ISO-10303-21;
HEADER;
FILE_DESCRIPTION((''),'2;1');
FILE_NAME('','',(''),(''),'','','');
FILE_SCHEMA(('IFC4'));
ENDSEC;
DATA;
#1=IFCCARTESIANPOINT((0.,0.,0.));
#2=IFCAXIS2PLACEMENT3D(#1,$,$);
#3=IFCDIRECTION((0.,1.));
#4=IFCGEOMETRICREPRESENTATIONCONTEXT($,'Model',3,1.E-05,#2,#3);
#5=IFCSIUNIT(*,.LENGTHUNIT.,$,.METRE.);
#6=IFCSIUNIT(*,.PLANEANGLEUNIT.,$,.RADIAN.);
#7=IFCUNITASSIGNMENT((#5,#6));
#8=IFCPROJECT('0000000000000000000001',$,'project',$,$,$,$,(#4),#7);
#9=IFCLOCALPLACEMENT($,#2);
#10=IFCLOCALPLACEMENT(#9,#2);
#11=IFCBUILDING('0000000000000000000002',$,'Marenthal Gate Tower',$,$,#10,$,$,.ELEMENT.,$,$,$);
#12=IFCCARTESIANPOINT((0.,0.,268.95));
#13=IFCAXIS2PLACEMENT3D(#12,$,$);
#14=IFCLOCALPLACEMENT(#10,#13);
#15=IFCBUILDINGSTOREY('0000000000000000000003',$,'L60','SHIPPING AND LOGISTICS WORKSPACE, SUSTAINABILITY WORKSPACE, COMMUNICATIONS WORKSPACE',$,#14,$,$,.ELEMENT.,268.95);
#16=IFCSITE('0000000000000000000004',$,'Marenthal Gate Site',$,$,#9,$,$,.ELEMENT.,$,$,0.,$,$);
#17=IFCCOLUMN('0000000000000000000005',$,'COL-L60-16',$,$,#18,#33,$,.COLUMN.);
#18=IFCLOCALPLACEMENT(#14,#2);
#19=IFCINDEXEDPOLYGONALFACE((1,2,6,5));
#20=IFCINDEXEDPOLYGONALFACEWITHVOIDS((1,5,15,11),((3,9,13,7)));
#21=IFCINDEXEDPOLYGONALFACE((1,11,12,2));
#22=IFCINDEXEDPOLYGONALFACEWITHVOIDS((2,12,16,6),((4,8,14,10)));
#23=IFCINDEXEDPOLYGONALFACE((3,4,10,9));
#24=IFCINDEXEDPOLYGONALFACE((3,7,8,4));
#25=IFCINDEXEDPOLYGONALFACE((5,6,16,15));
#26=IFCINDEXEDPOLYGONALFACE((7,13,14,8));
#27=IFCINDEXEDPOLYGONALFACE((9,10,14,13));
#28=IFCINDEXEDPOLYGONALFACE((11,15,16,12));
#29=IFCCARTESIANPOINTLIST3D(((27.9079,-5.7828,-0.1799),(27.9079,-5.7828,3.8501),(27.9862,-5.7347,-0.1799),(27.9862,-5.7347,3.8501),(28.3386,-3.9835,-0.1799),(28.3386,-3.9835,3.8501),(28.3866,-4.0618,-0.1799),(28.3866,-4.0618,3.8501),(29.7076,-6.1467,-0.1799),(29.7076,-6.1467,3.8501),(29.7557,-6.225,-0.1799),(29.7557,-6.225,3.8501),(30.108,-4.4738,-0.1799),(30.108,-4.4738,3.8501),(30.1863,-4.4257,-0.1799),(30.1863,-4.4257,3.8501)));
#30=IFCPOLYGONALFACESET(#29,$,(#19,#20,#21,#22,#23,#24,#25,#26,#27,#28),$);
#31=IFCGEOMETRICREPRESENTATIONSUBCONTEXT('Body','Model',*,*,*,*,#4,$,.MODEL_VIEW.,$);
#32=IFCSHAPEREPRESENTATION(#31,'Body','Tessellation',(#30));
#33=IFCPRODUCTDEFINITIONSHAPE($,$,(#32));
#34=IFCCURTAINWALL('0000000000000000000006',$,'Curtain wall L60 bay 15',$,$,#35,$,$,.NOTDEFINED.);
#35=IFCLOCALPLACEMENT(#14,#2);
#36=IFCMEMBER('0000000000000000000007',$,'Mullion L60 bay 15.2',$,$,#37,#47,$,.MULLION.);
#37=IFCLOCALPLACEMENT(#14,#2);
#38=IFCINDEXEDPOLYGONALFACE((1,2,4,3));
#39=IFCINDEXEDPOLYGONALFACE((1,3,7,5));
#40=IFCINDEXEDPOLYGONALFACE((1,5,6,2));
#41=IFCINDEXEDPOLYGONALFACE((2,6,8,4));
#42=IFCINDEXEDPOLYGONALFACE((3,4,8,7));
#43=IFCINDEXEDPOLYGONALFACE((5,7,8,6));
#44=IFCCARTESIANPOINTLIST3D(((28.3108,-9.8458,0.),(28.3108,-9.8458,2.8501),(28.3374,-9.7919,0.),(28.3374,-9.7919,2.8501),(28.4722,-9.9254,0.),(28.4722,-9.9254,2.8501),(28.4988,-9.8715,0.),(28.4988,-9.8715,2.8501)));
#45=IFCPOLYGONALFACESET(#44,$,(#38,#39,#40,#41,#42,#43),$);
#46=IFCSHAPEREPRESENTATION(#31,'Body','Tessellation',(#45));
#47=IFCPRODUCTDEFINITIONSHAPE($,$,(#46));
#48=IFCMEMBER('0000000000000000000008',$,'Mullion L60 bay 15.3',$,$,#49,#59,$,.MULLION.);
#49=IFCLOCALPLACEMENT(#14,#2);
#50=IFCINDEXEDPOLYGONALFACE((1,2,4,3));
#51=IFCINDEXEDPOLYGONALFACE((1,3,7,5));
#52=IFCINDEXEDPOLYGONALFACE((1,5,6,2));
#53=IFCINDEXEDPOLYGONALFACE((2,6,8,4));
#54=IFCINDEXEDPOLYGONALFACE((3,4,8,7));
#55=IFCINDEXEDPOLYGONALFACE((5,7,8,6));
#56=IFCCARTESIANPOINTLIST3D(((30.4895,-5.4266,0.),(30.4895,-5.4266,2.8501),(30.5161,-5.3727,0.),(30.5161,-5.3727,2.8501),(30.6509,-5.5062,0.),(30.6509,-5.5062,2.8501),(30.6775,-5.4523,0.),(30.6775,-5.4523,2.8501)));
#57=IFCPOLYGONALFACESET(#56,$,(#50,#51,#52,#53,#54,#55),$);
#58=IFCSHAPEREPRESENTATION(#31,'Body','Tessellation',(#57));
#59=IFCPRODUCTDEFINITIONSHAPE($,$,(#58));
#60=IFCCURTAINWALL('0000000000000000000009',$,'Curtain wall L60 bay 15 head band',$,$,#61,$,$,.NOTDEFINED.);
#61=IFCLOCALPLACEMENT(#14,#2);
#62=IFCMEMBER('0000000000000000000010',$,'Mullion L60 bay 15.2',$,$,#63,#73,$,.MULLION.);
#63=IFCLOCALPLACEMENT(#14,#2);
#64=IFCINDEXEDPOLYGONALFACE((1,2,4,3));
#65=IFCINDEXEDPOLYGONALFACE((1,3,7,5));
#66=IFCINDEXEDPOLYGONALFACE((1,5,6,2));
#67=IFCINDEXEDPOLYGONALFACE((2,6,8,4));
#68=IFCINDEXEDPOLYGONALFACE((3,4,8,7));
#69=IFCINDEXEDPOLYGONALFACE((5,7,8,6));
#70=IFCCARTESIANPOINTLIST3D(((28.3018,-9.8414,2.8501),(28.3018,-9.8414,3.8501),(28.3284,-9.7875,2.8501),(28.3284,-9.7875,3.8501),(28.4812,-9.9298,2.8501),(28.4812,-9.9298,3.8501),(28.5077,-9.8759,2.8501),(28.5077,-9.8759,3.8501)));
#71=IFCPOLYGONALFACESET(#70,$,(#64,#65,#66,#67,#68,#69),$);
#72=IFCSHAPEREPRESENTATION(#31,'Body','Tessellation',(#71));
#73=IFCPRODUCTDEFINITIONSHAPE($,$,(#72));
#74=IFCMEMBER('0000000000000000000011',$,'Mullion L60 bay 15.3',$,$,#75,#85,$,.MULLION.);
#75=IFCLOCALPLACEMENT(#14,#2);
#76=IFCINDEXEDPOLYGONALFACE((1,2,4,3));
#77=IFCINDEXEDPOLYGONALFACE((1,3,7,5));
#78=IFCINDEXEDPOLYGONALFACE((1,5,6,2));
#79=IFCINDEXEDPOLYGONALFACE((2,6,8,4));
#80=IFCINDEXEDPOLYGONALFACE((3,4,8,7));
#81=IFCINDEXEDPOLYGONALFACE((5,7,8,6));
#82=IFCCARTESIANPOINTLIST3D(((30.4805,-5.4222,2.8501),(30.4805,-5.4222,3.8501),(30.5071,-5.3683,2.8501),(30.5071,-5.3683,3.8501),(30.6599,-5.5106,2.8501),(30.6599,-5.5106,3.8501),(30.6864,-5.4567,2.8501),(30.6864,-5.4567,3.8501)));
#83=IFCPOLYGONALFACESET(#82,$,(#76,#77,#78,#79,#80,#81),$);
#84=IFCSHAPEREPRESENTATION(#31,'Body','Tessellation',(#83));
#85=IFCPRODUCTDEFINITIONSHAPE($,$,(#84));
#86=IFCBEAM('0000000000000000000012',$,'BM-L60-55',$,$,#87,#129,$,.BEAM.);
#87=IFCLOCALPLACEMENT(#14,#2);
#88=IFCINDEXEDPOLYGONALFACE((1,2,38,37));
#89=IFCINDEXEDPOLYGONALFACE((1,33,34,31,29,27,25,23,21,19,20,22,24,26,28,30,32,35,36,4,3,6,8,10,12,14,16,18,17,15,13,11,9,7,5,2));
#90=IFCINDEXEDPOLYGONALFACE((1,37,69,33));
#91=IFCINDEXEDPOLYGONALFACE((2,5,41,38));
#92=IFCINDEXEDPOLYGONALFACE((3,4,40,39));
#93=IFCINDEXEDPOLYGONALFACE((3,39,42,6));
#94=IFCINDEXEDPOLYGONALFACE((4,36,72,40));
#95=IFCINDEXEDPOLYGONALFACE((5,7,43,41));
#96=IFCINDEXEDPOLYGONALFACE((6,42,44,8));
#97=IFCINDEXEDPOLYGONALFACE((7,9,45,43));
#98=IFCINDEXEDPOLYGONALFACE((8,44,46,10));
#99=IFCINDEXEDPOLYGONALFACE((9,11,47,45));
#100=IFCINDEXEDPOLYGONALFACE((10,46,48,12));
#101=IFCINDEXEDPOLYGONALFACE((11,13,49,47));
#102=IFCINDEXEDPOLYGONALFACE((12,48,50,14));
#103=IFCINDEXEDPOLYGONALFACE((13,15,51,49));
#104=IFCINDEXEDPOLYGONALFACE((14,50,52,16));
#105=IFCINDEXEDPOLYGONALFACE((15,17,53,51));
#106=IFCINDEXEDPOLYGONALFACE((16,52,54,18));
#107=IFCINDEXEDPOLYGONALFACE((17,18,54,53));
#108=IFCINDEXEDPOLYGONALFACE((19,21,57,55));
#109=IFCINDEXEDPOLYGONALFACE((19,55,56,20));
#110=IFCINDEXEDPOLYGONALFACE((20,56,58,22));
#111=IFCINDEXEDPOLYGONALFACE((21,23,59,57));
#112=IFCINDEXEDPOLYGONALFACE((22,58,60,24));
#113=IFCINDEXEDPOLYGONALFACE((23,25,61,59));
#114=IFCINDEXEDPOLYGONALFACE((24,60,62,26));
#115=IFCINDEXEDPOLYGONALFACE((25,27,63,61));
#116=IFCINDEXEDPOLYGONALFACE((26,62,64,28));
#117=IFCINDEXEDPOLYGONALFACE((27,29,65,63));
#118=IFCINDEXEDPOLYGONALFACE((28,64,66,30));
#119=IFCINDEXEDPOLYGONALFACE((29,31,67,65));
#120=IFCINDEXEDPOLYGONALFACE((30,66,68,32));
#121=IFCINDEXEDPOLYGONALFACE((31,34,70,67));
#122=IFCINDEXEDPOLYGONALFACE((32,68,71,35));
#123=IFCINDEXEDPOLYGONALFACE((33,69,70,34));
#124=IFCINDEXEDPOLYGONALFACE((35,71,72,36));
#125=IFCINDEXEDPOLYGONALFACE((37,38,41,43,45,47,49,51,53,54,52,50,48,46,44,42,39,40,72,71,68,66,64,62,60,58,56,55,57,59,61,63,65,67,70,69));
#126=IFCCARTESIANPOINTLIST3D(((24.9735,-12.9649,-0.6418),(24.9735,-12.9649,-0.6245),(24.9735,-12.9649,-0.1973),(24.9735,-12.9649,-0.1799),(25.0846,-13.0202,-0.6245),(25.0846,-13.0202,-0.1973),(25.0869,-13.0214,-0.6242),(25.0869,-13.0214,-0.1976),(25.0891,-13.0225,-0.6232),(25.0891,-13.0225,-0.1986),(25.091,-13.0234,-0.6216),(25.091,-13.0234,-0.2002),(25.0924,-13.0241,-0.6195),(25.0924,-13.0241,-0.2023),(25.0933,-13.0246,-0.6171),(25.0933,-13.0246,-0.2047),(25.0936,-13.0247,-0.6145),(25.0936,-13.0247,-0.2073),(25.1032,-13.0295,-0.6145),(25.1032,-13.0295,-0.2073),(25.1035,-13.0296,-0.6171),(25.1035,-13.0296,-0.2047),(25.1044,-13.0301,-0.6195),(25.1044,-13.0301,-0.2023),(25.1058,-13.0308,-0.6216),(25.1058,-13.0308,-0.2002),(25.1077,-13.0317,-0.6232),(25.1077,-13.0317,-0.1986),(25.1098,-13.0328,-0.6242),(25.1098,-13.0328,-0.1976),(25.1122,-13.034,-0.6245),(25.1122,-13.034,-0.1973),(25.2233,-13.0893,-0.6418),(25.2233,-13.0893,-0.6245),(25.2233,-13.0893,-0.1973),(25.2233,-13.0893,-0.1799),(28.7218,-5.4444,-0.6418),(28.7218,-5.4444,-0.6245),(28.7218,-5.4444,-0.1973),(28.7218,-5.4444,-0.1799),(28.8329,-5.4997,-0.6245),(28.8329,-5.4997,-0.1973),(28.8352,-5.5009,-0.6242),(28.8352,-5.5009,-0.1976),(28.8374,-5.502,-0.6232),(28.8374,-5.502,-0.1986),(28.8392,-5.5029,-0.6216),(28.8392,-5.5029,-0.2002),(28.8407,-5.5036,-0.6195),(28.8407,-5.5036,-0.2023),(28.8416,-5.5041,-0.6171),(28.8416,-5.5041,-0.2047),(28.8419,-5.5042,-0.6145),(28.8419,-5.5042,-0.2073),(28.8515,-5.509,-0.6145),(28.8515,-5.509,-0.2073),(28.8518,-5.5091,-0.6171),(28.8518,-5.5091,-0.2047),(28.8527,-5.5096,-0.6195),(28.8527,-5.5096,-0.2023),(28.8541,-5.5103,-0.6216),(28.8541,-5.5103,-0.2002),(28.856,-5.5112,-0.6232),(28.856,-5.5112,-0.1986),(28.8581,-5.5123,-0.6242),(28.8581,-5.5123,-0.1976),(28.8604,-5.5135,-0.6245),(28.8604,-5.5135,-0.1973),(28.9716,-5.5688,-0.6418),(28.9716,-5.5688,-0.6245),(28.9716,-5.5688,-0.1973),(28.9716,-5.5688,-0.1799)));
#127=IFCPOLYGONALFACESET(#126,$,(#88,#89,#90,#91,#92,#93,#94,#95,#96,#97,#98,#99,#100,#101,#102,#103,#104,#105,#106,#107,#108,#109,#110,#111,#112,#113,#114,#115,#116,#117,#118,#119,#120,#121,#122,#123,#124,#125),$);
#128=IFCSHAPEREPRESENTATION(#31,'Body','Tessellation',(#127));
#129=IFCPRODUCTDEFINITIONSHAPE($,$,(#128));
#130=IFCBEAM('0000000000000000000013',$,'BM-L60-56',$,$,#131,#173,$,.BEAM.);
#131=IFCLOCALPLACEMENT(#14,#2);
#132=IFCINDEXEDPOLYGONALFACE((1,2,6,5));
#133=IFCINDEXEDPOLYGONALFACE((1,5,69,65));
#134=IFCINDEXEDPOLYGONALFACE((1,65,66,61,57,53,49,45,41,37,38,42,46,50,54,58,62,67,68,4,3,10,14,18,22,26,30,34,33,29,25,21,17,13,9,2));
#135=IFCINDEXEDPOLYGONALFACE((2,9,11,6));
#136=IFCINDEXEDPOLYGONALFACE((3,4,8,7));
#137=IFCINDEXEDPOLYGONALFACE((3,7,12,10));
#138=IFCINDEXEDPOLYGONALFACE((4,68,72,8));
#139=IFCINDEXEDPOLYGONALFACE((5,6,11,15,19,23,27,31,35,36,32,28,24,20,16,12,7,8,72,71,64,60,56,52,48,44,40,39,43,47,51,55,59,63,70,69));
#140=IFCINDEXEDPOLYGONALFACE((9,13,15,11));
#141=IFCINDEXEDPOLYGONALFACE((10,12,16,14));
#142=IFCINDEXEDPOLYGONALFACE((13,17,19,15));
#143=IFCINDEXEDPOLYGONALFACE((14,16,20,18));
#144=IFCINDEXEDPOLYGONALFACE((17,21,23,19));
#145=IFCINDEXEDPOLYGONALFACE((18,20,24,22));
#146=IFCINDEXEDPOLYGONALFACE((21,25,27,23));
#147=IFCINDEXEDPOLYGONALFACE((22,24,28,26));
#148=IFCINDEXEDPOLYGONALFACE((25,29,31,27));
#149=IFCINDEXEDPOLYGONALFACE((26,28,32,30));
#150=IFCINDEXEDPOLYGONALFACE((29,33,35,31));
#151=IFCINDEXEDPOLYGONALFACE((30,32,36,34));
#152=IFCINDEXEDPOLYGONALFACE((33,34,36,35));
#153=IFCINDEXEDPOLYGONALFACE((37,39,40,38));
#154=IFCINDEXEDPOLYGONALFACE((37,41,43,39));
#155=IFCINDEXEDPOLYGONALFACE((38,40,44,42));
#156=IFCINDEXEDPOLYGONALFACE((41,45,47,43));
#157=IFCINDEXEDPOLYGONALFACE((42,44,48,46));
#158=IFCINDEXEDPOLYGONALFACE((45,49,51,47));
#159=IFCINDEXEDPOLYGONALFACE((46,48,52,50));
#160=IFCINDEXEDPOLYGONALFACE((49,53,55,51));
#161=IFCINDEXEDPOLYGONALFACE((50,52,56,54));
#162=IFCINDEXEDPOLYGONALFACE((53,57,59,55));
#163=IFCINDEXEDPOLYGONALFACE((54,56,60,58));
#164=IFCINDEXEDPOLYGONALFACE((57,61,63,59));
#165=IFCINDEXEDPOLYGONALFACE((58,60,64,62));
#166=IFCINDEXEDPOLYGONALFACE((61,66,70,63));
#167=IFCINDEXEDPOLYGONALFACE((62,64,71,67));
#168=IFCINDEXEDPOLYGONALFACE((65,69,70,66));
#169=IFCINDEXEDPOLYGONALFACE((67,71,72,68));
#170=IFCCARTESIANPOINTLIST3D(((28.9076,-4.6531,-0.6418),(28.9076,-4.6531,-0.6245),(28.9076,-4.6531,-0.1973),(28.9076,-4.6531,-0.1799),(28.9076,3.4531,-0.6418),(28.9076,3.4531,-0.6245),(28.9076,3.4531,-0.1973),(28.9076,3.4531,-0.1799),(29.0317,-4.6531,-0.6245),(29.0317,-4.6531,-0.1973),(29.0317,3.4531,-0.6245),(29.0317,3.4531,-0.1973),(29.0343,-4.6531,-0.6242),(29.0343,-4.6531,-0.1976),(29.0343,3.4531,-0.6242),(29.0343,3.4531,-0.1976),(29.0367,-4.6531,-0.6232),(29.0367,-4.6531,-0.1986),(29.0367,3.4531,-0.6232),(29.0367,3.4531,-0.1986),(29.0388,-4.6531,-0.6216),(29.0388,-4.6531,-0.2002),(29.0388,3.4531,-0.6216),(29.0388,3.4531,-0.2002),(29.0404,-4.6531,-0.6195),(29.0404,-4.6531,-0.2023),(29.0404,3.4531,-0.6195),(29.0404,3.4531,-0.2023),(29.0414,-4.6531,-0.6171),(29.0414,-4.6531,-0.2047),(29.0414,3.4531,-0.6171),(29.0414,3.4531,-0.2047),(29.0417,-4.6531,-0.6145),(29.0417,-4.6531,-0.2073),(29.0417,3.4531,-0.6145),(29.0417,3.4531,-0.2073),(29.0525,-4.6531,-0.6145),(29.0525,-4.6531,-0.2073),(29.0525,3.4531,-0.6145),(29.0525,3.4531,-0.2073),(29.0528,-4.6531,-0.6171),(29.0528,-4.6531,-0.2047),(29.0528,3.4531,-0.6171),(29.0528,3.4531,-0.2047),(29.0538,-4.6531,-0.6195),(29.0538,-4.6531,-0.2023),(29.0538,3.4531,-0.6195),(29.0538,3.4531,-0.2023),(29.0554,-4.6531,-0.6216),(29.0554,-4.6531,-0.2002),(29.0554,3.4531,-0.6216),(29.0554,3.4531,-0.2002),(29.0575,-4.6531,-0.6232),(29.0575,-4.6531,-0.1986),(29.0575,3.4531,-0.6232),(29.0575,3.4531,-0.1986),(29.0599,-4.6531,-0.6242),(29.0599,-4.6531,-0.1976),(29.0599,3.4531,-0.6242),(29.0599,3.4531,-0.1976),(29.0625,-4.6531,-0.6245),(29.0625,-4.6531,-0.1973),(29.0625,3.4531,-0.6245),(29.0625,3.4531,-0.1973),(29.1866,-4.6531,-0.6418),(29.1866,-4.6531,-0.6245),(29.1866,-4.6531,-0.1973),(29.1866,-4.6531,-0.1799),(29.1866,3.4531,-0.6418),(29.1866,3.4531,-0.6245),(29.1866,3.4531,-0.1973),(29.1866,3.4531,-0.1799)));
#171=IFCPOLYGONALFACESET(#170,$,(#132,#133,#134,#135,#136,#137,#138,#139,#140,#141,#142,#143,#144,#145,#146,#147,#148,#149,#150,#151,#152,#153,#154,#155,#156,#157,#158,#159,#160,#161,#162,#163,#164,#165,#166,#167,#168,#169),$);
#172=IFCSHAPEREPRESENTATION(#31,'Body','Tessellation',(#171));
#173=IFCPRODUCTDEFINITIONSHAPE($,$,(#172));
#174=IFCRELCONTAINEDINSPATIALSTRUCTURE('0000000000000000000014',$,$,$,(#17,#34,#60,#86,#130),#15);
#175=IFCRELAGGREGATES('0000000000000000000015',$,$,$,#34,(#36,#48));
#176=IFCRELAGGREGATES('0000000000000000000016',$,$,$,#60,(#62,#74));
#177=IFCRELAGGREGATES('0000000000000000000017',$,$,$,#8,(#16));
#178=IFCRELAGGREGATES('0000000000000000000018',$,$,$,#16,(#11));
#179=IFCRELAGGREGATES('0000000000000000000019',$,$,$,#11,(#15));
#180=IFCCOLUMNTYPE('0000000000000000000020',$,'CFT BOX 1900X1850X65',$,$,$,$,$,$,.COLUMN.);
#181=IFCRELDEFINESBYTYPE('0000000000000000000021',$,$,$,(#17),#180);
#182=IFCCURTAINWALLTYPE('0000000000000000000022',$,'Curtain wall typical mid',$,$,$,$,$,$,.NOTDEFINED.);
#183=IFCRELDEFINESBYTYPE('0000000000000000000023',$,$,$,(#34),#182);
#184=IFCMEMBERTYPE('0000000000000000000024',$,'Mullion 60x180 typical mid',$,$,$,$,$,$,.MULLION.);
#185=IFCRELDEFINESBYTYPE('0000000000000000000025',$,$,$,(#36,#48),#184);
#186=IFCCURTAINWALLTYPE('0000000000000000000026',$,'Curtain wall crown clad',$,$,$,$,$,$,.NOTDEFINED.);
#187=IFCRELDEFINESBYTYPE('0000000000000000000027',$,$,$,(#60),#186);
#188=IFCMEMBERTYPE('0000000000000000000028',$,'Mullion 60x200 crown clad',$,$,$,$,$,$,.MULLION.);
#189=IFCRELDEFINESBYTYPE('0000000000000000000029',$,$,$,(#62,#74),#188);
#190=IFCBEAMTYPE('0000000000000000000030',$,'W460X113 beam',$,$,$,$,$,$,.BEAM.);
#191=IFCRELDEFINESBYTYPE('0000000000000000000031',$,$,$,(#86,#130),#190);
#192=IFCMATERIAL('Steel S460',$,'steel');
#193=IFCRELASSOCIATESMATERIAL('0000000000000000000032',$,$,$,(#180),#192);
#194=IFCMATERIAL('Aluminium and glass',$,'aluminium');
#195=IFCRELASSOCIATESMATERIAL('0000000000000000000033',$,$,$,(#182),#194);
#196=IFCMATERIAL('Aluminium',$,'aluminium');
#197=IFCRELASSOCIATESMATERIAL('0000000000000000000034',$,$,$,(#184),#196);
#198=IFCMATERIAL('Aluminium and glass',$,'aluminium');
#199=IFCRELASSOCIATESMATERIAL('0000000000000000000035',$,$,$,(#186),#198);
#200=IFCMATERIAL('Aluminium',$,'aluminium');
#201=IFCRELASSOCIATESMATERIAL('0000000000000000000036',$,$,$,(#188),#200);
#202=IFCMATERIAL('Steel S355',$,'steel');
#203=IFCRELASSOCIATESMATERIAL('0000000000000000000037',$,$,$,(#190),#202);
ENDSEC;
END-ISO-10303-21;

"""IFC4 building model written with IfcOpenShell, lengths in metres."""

from ifc_helpers import new_model, si_unit, direction, frame, origin, origin_2d, place, context, subcontext, project, spatial, rectangle, hollow_rectangle, i_section, extrude, material, material_profile, profile_set, type_object, element, aggregate, save


model = new_model("IFC4")

# Units and contexts
model_context = context("Model", 3, precision=1e-05, world=origin(), true_north=direction((0.0, 1.0)))
body_context = subcontext(model_context, "Body", "Model", "MODEL_VIEW")
ifc_project = project(units=[si_unit("LENGTHUNIT", "METRE"), si_unit("PLANEANGLEUNIT", "RADIAN")], contexts=[model_context])

# Site, building, storey
site_placement = place(None, origin())
site = spatial("IfcSite", under=ifc_project, at=site_placement, Name="Marenthal Gate Site", CompositionType="ELEMENT", RefElevation=0.0)
building_placement = place(site_placement, origin())
building = spatial("IfcBuilding", under=site, at=building_placement, Name="Marenthal Gate Tower", CompositionType="ELEMENT")
storey_placement = place(building_placement, frame((0.0, 0.0, 268.95)))
storey = spatial("IfcBuildingStorey", under=building, at=storey_placement, Name="L60", Description="SHIPPING AND LOGISTICS WORKSPACE, SUSTAINABILITY WORKSPACE, COMMUNICATIONS WORKSPACE", CompositionType="ELEMENT", Elevation=268.95)

# Column
ifc_material_1 = material(Name="Steel S460", Category="steel")
ifc_material_profile_1 = material_profile(ifc_material_1, hollow_rectangle(XDim=1.8501, YDim=1.8999, WallThickness=0.0649, at=origin_2d()), Name="CFT BOX 1900X1850X65")
ifc_material_2 = material(Name="Concrete 70 MPa", Category="concrete")
ifc_material_profile_2 = material_profile(ifc_material_2, rectangle(XDim=1.72, YDim=1.77, at=origin_2d()), Name="CFT BOX 1900X1850X65 INFILL")
ifc_profile_set_1 = profile_set([ifc_material_profile_1, ifc_material_profile_2], Name="Steel S460 shell, Concrete 70 MPa infill")
column_type = type_object("IfcColumnType", Name="CFT BOX 1900X1850X65", PredefinedType="COLUMN", material=ifc_profile_set_1)
column_placement = place(storey_placement, frame((29.0471, -5.1042, -0.1799), z_axis=(0.0, 0.0, 1.0), x_axis=(-0.23277, -0.972532, 0.0)))
element("IfcColumn", 1, at=column_placement, inside=storey, type_object=column_type, Name="COL-L60-16", PredefinedType="COLUMN", context=body_context, shape_type="SweptSolid", body=[
    extrude(hollow_rectangle(XDim=1.8501, YDim=1.8999, WallThickness=0.0649, at=origin_2d()), origin(), (0.0, 0.0, 1.0), 4.03),
])

# Curtain walls, members
ifc_material_3 = material(Name="Aluminium and glass", Category="aluminium")
curtain_wall_type_1 = type_object("IfcCurtainWallType", Name="Curtain wall typical mid", PredefinedType="NOTDEFINED", material=ifc_material_3)
curtain_wall_1_placement = place(storey_placement, origin())
curtain_wall_1 = element("IfcCurtainWall", 2, at=curtain_wall_1_placement, inside=storey, type_object=curtain_wall_type_1, Name="Curtain wall L60 bay 15", PredefinedType="NOTDEFINED")
ifc_material_4 = material(Name="Aluminium", Category="aluminium")
ifc_material_profile_3 = material_profile(ifc_material_4, rectangle(XDim=0.1799, YDim=0.0601, at=origin_2d()), Name="60x180 aluminium mullion")
ifc_profile_set_2 = profile_set([ifc_material_profile_3], Name="Aluminium")
member_type_1 = type_object("IfcMemberType", Name="Mullion 60x180 typical mid", PredefinedType="MULLION", material=ifc_profile_set_2)
member_1_placement = place(storey_placement, frame((28.4048, -9.8586, 0.0), z_axis=(0.0, 0.0, 1.0), x_axis=(-0.896921, 0.442192, 0.0)))
member_1 = element("IfcMember", 3, at=member_1_placement, type_object=member_type_1, Name="Mullion L60 bay 15.2", PredefinedType="MULLION", context=body_context, shape_type="SweptSolid", body=[
    extrude(rectangle(XDim=0.1799, YDim=0.0601, at=origin_2d()), origin(), (0.0, 0.0, 1.0), 2.8501),
])
member_2_placement = place(storey_placement, frame((30.5835, -5.4395, 0.0), z_axis=(0.0, 0.0, 1.0), x_axis=(-0.896921, 0.442192, 0.0)))
member_2 = element("IfcMember", 4, at=member_2_placement, type_object=member_type_1, Name="Mullion L60 bay 15.3", PredefinedType="MULLION", context=body_context, shape_type="SweptSolid", body=[
    extrude(rectangle(XDim=0.1799, YDim=0.0601, at=origin_2d()), origin(), (0.0, 0.0, 1.0), 2.8501),
])
ifc_material_5 = material(Name="Aluminium and glass", Category="aluminium")
curtain_wall_type_2 = type_object("IfcCurtainWallType", Name="Curtain wall crown clad", PredefinedType="NOTDEFINED", material=ifc_material_5)
curtain_wall_2_placement = place(storey_placement, origin())
curtain_wall_2 = element("IfcCurtainWall", 5, at=curtain_wall_2_placement, inside=storey, type_object=curtain_wall_type_2, Name="Curtain wall L60 bay 15 head band", PredefinedType="NOTDEFINED")
ifc_material_6 = material(Name="Aluminium", Category="aluminium")
ifc_material_profile_4 = material_profile(ifc_material_6, rectangle(XDim=0.2, YDim=0.0601, at=origin_2d()), Name="60x200 aluminium mullion")
ifc_profile_set_3 = profile_set([ifc_material_profile_4], Name="Aluminium")
member_type_2 = type_object("IfcMemberType", Name="Mullion 60x200 crown clad", PredefinedType="MULLION", material=ifc_profile_set_3)
member_3_placement = place(storey_placement, frame((28.4048, -9.8586, 2.8501), z_axis=(0.0, 0.0, 1.0), x_axis=(-0.896921, 0.442192, 0.0)))
member_3 = element("IfcMember", 6, at=member_3_placement, type_object=member_type_2, Name="Mullion L60 bay 15.2", PredefinedType="MULLION", context=body_context, shape_type="SweptSolid", body=[
    extrude(rectangle(XDim=0.2, YDim=0.0601, at=origin_2d()), origin(), (0.0, 0.0, 1.0), 1.0),
])
member_4_placement = place(storey_placement, frame((30.5835, -5.4395, 2.8501), z_axis=(0.0, 0.0, 1.0), x_axis=(-0.896921, 0.442192, 0.0)))
member_4 = element("IfcMember", 7, at=member_4_placement, type_object=member_type_2, Name="Mullion L60 bay 15.3", PredefinedType="MULLION", context=body_context, shape_type="SweptSolid", body=[
    extrude(rectangle(XDim=0.2, YDim=0.0601, at=origin_2d()), origin(), (0.0, 0.0, 1.0), 1.0),
])

# Beams
ifc_material_7 = material(Name="Steel S355", Category="steel")
ifc_material_profile_5 = material_profile(ifc_material_7, i_section(OverallWidth=0.2791, OverallDepth=0.4619, WebThickness=0.0107, FlangeThickness=0.0173, FilletRadius=0.01, at=origin_2d()), Name="W460X113")
ifc_profile_set_4 = profile_set([ifc_material_profile_5], Name="Steel S355")
beam_type_1 = type_object("IfcBeamType", Name="W460X113 beam", PredefinedType="BEAM", material=ifc_profile_set_4)
beam_1_placement = place(storey_placement, frame((25.0984, -13.0271, -0.4109), z_axis=(0.446074, 0.894996, 0.0), x_axis=(-0.894996, 0.446074, 0.0)))
element("IfcBeam", 8, at=beam_1_placement, inside=storey, type_object=beam_type_1, Name="BM-L60-55", PredefinedType="BEAM", context=body_context, shape_type="SweptSolid", body=[
    extrude(i_section(OverallWidth=0.2791, OverallDepth=0.4619, WebThickness=0.0107, FlangeThickness=0.0173, FilletRadius=0.01, at=origin_2d()), origin(), (0.0, 0.0, 1.0), 8.4028),
])
beam_2_placement = place(storey_placement, frame((29.0471, -4.6531, -0.4109), z_axis=(0.0, 1.0, 0.0), x_axis=(-1.0, 0.0, 0.0)))
element("IfcBeam", 9, at=beam_2_placement, inside=storey, type_object=beam_type_1, Name="BM-L60-56", PredefinedType="BEAM", context=body_context, shape_type="SweptSolid", body=[
    extrude(i_section(OverallWidth=0.2791, OverallDepth=0.4619, WebThickness=0.0107, FlangeThickness=0.0173, FilletRadius=0.01, at=origin_2d()), origin(), (0.0, 0.0, 1.0), 8.1062),
])

aggregate(curtain_wall_1, [member_1, member_2])
aggregate(curtain_wall_2, [member_3, member_4])

save(model, "model.ifc")
